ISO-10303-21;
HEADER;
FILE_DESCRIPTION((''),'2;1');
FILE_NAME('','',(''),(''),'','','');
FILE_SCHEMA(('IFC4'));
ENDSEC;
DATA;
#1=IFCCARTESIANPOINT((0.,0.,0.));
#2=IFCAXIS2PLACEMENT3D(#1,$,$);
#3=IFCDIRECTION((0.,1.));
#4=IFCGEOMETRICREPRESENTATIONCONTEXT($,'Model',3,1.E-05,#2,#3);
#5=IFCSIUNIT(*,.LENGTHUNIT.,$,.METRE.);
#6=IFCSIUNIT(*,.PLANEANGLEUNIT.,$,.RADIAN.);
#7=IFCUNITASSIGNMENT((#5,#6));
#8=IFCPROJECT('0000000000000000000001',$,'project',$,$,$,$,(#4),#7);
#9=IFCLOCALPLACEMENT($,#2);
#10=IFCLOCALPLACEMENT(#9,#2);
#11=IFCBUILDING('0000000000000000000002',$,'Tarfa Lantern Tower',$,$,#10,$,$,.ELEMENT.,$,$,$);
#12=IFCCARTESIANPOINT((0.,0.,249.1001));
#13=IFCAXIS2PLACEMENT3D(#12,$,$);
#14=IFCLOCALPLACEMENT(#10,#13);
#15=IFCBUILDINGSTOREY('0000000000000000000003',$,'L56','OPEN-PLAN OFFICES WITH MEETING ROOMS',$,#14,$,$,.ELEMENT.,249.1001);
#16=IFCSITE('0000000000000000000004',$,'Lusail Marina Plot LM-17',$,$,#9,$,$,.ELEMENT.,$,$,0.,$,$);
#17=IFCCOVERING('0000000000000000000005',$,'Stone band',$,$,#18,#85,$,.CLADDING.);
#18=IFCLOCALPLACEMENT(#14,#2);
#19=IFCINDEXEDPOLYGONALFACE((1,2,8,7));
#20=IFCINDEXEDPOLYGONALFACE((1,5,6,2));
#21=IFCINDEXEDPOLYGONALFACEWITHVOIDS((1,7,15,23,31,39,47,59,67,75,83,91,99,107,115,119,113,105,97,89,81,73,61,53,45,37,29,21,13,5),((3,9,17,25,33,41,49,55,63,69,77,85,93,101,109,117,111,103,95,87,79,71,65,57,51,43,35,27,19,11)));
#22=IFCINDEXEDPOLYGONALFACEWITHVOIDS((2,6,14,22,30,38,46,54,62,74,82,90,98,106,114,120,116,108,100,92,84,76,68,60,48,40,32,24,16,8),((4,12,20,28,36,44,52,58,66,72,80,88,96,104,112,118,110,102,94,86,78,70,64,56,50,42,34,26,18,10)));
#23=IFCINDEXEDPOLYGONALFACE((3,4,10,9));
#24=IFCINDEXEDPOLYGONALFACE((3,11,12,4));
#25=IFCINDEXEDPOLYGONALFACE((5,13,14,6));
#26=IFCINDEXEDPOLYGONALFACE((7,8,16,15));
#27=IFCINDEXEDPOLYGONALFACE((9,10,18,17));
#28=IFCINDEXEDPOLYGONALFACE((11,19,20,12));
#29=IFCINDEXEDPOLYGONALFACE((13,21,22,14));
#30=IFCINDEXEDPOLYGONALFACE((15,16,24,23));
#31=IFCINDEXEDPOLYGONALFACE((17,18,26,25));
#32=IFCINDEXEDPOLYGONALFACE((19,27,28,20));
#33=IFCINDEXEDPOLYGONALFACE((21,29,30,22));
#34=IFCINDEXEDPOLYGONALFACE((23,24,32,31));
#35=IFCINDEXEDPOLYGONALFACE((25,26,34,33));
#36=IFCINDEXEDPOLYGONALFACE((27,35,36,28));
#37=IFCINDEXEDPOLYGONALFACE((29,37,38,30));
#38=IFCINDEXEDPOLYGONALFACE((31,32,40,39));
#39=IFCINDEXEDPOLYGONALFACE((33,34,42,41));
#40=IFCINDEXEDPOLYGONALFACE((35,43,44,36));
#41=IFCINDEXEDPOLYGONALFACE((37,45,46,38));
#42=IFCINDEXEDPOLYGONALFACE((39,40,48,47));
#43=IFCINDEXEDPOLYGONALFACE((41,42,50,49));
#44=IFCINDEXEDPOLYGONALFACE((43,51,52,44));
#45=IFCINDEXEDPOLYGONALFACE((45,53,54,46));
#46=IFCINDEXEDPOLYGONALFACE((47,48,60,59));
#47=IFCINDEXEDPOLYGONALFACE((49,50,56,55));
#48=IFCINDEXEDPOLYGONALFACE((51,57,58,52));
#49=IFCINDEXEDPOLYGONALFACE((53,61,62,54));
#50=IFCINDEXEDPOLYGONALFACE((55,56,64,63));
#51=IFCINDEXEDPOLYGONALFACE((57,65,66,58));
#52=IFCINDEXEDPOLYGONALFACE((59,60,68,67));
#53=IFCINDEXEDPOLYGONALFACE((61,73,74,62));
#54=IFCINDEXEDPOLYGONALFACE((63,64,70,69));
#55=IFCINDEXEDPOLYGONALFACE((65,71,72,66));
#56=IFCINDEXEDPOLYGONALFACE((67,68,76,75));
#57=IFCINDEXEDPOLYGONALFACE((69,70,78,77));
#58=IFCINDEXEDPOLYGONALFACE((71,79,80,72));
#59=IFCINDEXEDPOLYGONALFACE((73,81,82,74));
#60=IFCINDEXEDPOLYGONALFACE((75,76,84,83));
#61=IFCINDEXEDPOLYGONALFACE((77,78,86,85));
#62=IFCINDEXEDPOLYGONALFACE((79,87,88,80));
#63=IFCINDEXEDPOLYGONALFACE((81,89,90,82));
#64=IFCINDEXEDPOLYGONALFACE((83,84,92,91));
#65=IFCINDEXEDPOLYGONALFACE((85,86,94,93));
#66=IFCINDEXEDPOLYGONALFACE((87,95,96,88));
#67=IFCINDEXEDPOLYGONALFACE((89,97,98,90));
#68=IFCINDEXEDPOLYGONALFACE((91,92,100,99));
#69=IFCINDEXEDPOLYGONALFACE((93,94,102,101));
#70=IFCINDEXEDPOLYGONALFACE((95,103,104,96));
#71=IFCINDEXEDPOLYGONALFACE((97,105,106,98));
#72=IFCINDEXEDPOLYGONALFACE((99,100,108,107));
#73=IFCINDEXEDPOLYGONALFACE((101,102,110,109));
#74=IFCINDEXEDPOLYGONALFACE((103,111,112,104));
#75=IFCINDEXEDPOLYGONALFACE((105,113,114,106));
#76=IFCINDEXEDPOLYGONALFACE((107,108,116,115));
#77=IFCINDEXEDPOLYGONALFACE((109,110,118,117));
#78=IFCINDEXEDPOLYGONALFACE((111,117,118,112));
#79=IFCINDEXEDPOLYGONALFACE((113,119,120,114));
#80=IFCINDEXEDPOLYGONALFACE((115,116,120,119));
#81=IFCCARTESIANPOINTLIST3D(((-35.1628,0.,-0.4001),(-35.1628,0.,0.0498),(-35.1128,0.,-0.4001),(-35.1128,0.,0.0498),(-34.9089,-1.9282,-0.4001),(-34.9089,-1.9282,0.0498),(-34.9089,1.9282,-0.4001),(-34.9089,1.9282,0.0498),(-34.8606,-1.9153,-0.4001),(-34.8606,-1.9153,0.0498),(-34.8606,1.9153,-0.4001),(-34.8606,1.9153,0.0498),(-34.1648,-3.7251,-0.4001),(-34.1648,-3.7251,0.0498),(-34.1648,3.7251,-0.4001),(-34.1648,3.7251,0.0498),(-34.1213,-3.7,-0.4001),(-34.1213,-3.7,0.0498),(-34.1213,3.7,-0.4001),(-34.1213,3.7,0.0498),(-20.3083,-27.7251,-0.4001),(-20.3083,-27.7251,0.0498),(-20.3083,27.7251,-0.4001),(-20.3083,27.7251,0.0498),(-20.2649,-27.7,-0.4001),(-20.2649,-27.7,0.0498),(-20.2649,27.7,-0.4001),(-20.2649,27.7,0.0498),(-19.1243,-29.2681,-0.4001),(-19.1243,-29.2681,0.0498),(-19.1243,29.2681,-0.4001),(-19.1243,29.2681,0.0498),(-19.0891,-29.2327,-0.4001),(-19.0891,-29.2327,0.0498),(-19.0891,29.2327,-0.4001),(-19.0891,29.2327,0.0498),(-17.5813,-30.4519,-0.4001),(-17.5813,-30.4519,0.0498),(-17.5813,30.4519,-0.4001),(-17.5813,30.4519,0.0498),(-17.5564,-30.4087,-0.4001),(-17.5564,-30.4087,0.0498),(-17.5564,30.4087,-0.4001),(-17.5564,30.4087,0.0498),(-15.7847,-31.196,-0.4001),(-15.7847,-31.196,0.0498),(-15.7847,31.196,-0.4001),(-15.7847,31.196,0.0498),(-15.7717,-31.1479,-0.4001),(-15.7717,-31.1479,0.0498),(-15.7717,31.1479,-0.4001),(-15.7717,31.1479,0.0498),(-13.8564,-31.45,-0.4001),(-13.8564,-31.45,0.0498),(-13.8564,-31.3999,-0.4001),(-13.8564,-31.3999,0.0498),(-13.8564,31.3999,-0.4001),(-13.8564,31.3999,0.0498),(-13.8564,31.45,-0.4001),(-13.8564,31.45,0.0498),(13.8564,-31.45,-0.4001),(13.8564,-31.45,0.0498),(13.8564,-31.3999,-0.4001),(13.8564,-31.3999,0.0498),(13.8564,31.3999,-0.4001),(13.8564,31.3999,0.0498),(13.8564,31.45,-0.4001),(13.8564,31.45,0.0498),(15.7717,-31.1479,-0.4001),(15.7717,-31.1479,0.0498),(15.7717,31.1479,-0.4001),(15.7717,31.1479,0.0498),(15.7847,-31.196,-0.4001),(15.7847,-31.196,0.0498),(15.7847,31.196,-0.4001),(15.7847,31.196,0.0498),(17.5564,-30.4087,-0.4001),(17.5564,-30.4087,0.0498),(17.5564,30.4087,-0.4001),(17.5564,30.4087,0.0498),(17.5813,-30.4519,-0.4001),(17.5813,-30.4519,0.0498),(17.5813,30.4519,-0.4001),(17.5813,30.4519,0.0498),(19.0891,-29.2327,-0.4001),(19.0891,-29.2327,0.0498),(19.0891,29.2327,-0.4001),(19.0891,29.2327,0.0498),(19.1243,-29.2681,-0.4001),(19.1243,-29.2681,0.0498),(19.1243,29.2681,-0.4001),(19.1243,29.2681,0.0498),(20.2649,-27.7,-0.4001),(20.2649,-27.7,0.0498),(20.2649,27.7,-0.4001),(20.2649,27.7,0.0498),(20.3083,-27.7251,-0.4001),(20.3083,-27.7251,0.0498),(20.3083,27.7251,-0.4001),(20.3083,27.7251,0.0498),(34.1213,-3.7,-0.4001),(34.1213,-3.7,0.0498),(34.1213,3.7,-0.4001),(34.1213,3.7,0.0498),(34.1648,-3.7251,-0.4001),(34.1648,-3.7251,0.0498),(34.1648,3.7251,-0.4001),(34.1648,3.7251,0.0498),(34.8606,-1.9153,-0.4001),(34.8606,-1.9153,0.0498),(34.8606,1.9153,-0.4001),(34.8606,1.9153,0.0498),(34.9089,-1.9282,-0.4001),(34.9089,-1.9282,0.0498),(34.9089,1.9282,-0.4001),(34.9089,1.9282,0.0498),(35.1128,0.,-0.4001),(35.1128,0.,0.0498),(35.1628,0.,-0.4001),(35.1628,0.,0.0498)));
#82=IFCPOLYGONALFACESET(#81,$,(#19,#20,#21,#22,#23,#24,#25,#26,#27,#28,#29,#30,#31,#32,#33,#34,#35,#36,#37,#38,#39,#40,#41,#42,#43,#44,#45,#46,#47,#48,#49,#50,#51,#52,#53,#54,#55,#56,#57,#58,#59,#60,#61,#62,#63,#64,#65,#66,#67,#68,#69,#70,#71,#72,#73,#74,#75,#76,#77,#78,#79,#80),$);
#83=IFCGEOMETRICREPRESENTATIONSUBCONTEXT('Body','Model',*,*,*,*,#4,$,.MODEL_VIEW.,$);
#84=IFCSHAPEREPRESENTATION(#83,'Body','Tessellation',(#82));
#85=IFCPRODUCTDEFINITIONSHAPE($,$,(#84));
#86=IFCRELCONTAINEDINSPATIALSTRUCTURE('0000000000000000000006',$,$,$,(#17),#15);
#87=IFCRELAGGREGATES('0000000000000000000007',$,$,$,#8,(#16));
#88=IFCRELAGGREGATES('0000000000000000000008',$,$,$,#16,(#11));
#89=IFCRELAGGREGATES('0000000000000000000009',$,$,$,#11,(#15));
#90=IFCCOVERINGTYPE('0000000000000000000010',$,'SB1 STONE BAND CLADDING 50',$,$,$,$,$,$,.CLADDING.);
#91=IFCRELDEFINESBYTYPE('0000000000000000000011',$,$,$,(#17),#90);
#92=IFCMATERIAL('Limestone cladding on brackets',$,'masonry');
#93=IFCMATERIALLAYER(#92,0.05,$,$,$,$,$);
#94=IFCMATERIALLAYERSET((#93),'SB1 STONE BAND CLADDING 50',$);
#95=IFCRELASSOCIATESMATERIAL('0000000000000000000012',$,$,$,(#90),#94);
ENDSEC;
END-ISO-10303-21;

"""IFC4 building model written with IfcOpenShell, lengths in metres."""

from ifc_helpers import new_model, si_unit, direction, frame, origin, place, context, subcontext, project, spatial, polyline, outline, extrude, material, layer, layer_set, type_object, element, save


model = new_model("IFC4")

# Units and contexts
model_context = context("Model", 3, precision=1e-05, world=origin(), true_north=direction((0.0, 1.0)))
body_context = subcontext(model_context, "Body", "Model", "MODEL_VIEW")
ifc_project = project(units=[si_unit("LENGTHUNIT", "METRE"), si_unit("PLANEANGLEUNIT", "RADIAN")], contexts=[model_context])

# Site, building, storey
site_placement = place(None, origin())
site = spatial("IfcSite", under=ifc_project, at=site_placement, Name="Lusail Marina Plot LM-17", CompositionType="ELEMENT", RefElevation=0.0)
building_placement = place(site_placement, origin())
building = spatial("IfcBuilding", under=site, at=building_placement, Name="Tarfa Lantern Tower", CompositionType="ELEMENT")
storey_placement = place(building_placement, frame((0.0, 0.0, 249.1001)))
storey = spatial("IfcBuildingStorey", under=building, at=storey_placement, Name="L56", Description="OPEN-PLAN OFFICES WITH MEETING ROOMS", CompositionType="ELEMENT", Elevation=249.1001)

# Covering
ifc_material_1 = material(Name="Limestone cladding on brackets", Category="masonry")
ifc_layer_1 = layer(ifc_material_1, 0.05)
ifc_layer_set_1 = layer_set([ifc_layer_1], Name="SB1 STONE BAND CLADDING 50")
covering_type_1 = type_object("IfcCoveringType", Name="SB1 STONE BAND CLADDING 50", PredefinedType="CLADDING", material=ifc_layer_set_1)
covering_1_placement = place(storey_placement, frame((0.0, 0.0, -0.4001)))
element("IfcCovering", 1, at=covering_1_placement, inside=storey, type_object=covering_type_1, Name="Stone band", PredefinedType="CLADDING", context=body_context, shape_type="SweptSolid", body=[
    extrude(outline(polyline([(34.1648, 3.7251), (20.3083, 27.7251), (19.1243, 29.2681), (17.5813, 30.4519), (15.7847, 31.196), (13.8564, 31.45), (-13.8564, 31.45), (-15.7847, 31.196), (-17.5813, 30.4519), (-19.1243, 29.2681), (-20.3083, 27.7251), (-34.1648, 3.7251), (-34.9089, 1.9282), (-35.1628, 0.0), (-34.9089, -1.9282), (-34.1648, -3.7251), (-20.3083, -27.7251), (-19.1243, -29.2681), (-17.5813, -30.4519), (-15.7847, -31.196), (-13.8564, -31.45), (13.8564, -31.45), (15.7847, -31.196), (17.5813, -30.4519), (19.1243, -29.2681), (20.3083, -27.7251), (34.1648, -3.7251), (34.9089, -1.9282), (35.1628, 0.0), (34.9089, 1.9282), (34.1648, 3.7251)]), holes=[polyline([(34.1213, 3.7), (20.2649, 27.7), (19.0891, 29.2327), (17.5564, 30.4087), (15.7717, 31.1479), (13.8564, 31.3999), (-13.8564, 31.3999), (-15.7717, 31.1479), (-17.5564, 30.4087), (-19.0891, 29.2327), (-20.2649, 27.7), (-34.1213, 3.7), (-34.8606, 1.9153), (-35.1128, 0.0), (-34.8606, -1.9153), (-34.1213, -3.7), (-20.2649, -27.7), (-19.0891, -29.2327), (-17.5564, -30.4087), (-15.7717, -31.1479), (-13.8564, -31.3999), (13.8564, -31.3999), (15.7717, -31.1479), (17.5564, -30.4087), (19.0891, -29.2327), (20.2649, -27.7), (34.1213, -3.7), (34.8606, -1.9153), (35.1128, 0.0), (34.8606, 1.9153), (34.1213, 3.7)])]), origin(), (0.0, 0.0, 1.0), 0.45),
])

save(model, "model.ifc")
